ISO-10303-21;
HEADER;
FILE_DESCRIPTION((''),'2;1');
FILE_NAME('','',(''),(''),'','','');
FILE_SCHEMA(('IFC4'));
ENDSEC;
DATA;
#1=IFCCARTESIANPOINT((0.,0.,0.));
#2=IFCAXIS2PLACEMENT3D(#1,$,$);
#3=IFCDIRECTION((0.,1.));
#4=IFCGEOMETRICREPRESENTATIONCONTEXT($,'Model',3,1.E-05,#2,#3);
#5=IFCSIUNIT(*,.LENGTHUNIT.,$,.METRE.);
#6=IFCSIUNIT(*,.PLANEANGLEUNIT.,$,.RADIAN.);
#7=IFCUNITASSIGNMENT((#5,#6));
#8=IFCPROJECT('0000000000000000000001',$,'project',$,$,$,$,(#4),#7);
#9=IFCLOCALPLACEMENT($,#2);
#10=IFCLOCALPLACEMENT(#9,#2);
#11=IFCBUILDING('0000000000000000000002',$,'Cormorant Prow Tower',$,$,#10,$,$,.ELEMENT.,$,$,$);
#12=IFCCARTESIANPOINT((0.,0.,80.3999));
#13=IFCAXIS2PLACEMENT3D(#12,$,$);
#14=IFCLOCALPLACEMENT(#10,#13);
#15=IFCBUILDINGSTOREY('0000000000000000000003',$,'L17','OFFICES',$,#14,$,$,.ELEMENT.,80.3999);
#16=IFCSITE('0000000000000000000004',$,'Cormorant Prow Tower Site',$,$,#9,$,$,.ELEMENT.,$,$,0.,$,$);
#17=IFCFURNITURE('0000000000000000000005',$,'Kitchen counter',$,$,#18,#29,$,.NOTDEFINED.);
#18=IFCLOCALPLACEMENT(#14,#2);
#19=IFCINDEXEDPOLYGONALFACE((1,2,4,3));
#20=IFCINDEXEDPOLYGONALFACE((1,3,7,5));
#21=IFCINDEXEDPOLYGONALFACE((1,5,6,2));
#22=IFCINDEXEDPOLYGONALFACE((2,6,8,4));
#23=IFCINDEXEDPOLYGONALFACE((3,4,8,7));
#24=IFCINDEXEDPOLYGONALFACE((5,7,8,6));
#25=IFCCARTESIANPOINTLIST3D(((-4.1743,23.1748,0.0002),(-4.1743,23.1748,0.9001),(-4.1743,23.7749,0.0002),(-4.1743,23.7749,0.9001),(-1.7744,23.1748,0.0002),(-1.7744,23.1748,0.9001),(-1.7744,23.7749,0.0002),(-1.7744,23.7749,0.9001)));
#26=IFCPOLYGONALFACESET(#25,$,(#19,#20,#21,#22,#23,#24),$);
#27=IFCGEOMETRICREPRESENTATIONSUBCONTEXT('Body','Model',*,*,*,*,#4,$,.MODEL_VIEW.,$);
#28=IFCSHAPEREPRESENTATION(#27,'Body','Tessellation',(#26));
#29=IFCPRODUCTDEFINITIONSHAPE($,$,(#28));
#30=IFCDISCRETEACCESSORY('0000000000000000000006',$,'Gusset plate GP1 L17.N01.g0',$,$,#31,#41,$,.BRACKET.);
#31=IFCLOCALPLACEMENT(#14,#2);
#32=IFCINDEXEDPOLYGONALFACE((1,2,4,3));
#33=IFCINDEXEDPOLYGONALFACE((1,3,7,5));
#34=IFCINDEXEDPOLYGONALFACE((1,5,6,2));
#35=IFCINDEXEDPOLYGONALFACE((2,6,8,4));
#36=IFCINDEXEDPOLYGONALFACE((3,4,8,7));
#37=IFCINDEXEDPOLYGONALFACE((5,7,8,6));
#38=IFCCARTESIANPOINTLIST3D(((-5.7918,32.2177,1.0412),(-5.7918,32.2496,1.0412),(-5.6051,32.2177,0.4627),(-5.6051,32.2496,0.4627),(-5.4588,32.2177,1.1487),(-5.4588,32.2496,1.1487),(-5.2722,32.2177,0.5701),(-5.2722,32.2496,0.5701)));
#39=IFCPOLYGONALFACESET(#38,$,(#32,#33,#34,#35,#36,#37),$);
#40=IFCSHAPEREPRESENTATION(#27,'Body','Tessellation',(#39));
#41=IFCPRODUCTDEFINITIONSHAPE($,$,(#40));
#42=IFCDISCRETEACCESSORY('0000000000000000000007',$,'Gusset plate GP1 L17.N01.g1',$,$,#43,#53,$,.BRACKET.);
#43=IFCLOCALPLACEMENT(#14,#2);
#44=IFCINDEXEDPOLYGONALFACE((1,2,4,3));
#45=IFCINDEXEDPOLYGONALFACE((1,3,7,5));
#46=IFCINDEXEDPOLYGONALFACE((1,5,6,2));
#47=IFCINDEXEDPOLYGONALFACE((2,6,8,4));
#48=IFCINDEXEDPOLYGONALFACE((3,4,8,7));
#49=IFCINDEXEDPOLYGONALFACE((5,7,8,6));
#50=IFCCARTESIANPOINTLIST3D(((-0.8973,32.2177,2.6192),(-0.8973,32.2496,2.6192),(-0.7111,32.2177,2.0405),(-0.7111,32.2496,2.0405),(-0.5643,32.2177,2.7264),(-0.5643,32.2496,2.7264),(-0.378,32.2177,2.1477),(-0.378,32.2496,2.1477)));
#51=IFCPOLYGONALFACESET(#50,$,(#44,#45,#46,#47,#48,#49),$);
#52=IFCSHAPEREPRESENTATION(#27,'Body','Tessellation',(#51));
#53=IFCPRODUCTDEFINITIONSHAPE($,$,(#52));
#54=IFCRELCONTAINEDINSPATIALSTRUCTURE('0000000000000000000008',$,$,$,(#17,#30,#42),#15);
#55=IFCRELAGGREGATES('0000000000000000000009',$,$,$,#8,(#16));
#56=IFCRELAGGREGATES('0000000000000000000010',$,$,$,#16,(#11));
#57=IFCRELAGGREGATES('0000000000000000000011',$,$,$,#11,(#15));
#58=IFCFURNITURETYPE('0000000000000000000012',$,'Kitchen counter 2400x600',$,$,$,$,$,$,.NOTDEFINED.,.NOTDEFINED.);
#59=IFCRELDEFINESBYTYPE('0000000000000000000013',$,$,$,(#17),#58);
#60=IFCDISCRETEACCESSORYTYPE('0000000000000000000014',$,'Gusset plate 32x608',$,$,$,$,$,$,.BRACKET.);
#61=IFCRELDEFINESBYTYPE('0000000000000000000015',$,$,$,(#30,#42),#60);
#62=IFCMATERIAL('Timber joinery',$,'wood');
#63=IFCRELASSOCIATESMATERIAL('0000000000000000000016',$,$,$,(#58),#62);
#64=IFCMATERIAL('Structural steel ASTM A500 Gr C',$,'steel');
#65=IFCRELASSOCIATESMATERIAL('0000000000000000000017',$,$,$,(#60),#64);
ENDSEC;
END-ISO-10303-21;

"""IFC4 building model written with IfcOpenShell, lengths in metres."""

from ifc_helpers import new_model, si_unit, direction, frame, origin, origin_2d, place, context, subcontext, project, spatial, rectangle, extrude, material, material_profile, profile_set, type_object, element, save


model = new_model("IFC4")

# Units and contexts
model_context = context("Model", 3, precision=1e-05, world=origin(), true_north=direction((0.0, 1.0)))
body_context = subcontext(model_context, "Body", "Model", "MODEL_VIEW")
ifc_project = project(units=[si_unit("LENGTHUNIT", "METRE"), si_unit("PLANEANGLEUNIT", "RADIAN")], contexts=[model_context])

# Site, building, storey
site_placement = place(None, origin())
site = spatial("IfcSite", under=ifc_project, at=site_placement, Name="Cormorant Prow Tower Site", CompositionType="ELEMENT", RefElevation=0.0)
building_placement = place(site_placement, origin())
building = spatial("IfcBuilding", under=site, at=building_placement, Name="Cormorant Prow Tower", CompositionType="ELEMENT")
storey_placement = place(building_placement, frame((0.0, 0.0, 80.3999)))
storey = spatial("IfcBuildingStorey", under=building, at=storey_placement, Name="L17", Description="OFFICES", CompositionType="ELEMENT", Elevation=80.3999)

# Furniture
ifc_material_1 = material(Name="Timber joinery", Category="wood")
furniture_type = type_object("IfcFurnitureType", Name="Kitchen counter 2400x600", AssemblyPlace="NOTDEFINED", PredefinedType="NOTDEFINED", material=ifc_material_1)
furniture_placement = place(storey_placement, frame((-2.9744, 23.4749, 0.0002), z_axis=(0.0, 0.0, 1.0), x_axis=(1.0, 0.0, 0.0)))
element("IfcFurniture", 1, at=furniture_placement, inside=storey, type_object=furniture_type, Name="Kitchen counter", PredefinedType="NOTDEFINED", context=body_context, shape_type="SweptSolid", body=[
    extrude(rectangle(XDim=2.3999, YDim=0.6001, at=origin_2d()), origin(), (0.0, 0.0, 1.0), 0.8999),
])

# Discrete accessories
ifc_material_2 = material(Name="Structural steel ASTM A500 Gr C", Category="steel")
ifc_material_profile_1 = material_profile(ifc_material_2, rectangle(XDim=0.032, YDim=0.6079, at=origin_2d()), Name="Gusset plate 32x608")
ifc_profile_set_1 = profile_set([ifc_material_profile_1], Name="Structural steel ASTM A500 Gr C")
discrete_accessory_type = type_object("IfcDiscreteAccessoryType", Name="Gusset plate 32x608", PredefinedType="BRACKET", material=ifc_profile_set_1)
for number, where, z_axis, x_axis, name in (
    (2, (-5.3655, 32.2336, 0.8594), (-0.951709, 0.0, -0.307003), (0.0, -1.0, 0.0), "Gusset plate GP1 L17.N01.g0"),
    (3, (-0.8042, 32.2336, 2.3298), (0.951912, 0.0, 0.306371), (0.0, 1.0, 0.0), "Gusset plate GP1 L17.N01.g1"),
):
    element("IfcDiscreteAccessory", number, at=place(storey_placement, frame(where, z_axis=z_axis, x_axis=x_axis)), inside=storey, type_object=discrete_accessory_type, Name=name, PredefinedType="BRACKET", context=body_context, shape_type="SweptSolid", body=[
        extrude(rectangle(XDim=0.032, YDim=0.6079, at=origin_2d()), origin(), (0.0, 0.0, 1.0), 0.3499),
    ])

save(model, "model.ifc")
